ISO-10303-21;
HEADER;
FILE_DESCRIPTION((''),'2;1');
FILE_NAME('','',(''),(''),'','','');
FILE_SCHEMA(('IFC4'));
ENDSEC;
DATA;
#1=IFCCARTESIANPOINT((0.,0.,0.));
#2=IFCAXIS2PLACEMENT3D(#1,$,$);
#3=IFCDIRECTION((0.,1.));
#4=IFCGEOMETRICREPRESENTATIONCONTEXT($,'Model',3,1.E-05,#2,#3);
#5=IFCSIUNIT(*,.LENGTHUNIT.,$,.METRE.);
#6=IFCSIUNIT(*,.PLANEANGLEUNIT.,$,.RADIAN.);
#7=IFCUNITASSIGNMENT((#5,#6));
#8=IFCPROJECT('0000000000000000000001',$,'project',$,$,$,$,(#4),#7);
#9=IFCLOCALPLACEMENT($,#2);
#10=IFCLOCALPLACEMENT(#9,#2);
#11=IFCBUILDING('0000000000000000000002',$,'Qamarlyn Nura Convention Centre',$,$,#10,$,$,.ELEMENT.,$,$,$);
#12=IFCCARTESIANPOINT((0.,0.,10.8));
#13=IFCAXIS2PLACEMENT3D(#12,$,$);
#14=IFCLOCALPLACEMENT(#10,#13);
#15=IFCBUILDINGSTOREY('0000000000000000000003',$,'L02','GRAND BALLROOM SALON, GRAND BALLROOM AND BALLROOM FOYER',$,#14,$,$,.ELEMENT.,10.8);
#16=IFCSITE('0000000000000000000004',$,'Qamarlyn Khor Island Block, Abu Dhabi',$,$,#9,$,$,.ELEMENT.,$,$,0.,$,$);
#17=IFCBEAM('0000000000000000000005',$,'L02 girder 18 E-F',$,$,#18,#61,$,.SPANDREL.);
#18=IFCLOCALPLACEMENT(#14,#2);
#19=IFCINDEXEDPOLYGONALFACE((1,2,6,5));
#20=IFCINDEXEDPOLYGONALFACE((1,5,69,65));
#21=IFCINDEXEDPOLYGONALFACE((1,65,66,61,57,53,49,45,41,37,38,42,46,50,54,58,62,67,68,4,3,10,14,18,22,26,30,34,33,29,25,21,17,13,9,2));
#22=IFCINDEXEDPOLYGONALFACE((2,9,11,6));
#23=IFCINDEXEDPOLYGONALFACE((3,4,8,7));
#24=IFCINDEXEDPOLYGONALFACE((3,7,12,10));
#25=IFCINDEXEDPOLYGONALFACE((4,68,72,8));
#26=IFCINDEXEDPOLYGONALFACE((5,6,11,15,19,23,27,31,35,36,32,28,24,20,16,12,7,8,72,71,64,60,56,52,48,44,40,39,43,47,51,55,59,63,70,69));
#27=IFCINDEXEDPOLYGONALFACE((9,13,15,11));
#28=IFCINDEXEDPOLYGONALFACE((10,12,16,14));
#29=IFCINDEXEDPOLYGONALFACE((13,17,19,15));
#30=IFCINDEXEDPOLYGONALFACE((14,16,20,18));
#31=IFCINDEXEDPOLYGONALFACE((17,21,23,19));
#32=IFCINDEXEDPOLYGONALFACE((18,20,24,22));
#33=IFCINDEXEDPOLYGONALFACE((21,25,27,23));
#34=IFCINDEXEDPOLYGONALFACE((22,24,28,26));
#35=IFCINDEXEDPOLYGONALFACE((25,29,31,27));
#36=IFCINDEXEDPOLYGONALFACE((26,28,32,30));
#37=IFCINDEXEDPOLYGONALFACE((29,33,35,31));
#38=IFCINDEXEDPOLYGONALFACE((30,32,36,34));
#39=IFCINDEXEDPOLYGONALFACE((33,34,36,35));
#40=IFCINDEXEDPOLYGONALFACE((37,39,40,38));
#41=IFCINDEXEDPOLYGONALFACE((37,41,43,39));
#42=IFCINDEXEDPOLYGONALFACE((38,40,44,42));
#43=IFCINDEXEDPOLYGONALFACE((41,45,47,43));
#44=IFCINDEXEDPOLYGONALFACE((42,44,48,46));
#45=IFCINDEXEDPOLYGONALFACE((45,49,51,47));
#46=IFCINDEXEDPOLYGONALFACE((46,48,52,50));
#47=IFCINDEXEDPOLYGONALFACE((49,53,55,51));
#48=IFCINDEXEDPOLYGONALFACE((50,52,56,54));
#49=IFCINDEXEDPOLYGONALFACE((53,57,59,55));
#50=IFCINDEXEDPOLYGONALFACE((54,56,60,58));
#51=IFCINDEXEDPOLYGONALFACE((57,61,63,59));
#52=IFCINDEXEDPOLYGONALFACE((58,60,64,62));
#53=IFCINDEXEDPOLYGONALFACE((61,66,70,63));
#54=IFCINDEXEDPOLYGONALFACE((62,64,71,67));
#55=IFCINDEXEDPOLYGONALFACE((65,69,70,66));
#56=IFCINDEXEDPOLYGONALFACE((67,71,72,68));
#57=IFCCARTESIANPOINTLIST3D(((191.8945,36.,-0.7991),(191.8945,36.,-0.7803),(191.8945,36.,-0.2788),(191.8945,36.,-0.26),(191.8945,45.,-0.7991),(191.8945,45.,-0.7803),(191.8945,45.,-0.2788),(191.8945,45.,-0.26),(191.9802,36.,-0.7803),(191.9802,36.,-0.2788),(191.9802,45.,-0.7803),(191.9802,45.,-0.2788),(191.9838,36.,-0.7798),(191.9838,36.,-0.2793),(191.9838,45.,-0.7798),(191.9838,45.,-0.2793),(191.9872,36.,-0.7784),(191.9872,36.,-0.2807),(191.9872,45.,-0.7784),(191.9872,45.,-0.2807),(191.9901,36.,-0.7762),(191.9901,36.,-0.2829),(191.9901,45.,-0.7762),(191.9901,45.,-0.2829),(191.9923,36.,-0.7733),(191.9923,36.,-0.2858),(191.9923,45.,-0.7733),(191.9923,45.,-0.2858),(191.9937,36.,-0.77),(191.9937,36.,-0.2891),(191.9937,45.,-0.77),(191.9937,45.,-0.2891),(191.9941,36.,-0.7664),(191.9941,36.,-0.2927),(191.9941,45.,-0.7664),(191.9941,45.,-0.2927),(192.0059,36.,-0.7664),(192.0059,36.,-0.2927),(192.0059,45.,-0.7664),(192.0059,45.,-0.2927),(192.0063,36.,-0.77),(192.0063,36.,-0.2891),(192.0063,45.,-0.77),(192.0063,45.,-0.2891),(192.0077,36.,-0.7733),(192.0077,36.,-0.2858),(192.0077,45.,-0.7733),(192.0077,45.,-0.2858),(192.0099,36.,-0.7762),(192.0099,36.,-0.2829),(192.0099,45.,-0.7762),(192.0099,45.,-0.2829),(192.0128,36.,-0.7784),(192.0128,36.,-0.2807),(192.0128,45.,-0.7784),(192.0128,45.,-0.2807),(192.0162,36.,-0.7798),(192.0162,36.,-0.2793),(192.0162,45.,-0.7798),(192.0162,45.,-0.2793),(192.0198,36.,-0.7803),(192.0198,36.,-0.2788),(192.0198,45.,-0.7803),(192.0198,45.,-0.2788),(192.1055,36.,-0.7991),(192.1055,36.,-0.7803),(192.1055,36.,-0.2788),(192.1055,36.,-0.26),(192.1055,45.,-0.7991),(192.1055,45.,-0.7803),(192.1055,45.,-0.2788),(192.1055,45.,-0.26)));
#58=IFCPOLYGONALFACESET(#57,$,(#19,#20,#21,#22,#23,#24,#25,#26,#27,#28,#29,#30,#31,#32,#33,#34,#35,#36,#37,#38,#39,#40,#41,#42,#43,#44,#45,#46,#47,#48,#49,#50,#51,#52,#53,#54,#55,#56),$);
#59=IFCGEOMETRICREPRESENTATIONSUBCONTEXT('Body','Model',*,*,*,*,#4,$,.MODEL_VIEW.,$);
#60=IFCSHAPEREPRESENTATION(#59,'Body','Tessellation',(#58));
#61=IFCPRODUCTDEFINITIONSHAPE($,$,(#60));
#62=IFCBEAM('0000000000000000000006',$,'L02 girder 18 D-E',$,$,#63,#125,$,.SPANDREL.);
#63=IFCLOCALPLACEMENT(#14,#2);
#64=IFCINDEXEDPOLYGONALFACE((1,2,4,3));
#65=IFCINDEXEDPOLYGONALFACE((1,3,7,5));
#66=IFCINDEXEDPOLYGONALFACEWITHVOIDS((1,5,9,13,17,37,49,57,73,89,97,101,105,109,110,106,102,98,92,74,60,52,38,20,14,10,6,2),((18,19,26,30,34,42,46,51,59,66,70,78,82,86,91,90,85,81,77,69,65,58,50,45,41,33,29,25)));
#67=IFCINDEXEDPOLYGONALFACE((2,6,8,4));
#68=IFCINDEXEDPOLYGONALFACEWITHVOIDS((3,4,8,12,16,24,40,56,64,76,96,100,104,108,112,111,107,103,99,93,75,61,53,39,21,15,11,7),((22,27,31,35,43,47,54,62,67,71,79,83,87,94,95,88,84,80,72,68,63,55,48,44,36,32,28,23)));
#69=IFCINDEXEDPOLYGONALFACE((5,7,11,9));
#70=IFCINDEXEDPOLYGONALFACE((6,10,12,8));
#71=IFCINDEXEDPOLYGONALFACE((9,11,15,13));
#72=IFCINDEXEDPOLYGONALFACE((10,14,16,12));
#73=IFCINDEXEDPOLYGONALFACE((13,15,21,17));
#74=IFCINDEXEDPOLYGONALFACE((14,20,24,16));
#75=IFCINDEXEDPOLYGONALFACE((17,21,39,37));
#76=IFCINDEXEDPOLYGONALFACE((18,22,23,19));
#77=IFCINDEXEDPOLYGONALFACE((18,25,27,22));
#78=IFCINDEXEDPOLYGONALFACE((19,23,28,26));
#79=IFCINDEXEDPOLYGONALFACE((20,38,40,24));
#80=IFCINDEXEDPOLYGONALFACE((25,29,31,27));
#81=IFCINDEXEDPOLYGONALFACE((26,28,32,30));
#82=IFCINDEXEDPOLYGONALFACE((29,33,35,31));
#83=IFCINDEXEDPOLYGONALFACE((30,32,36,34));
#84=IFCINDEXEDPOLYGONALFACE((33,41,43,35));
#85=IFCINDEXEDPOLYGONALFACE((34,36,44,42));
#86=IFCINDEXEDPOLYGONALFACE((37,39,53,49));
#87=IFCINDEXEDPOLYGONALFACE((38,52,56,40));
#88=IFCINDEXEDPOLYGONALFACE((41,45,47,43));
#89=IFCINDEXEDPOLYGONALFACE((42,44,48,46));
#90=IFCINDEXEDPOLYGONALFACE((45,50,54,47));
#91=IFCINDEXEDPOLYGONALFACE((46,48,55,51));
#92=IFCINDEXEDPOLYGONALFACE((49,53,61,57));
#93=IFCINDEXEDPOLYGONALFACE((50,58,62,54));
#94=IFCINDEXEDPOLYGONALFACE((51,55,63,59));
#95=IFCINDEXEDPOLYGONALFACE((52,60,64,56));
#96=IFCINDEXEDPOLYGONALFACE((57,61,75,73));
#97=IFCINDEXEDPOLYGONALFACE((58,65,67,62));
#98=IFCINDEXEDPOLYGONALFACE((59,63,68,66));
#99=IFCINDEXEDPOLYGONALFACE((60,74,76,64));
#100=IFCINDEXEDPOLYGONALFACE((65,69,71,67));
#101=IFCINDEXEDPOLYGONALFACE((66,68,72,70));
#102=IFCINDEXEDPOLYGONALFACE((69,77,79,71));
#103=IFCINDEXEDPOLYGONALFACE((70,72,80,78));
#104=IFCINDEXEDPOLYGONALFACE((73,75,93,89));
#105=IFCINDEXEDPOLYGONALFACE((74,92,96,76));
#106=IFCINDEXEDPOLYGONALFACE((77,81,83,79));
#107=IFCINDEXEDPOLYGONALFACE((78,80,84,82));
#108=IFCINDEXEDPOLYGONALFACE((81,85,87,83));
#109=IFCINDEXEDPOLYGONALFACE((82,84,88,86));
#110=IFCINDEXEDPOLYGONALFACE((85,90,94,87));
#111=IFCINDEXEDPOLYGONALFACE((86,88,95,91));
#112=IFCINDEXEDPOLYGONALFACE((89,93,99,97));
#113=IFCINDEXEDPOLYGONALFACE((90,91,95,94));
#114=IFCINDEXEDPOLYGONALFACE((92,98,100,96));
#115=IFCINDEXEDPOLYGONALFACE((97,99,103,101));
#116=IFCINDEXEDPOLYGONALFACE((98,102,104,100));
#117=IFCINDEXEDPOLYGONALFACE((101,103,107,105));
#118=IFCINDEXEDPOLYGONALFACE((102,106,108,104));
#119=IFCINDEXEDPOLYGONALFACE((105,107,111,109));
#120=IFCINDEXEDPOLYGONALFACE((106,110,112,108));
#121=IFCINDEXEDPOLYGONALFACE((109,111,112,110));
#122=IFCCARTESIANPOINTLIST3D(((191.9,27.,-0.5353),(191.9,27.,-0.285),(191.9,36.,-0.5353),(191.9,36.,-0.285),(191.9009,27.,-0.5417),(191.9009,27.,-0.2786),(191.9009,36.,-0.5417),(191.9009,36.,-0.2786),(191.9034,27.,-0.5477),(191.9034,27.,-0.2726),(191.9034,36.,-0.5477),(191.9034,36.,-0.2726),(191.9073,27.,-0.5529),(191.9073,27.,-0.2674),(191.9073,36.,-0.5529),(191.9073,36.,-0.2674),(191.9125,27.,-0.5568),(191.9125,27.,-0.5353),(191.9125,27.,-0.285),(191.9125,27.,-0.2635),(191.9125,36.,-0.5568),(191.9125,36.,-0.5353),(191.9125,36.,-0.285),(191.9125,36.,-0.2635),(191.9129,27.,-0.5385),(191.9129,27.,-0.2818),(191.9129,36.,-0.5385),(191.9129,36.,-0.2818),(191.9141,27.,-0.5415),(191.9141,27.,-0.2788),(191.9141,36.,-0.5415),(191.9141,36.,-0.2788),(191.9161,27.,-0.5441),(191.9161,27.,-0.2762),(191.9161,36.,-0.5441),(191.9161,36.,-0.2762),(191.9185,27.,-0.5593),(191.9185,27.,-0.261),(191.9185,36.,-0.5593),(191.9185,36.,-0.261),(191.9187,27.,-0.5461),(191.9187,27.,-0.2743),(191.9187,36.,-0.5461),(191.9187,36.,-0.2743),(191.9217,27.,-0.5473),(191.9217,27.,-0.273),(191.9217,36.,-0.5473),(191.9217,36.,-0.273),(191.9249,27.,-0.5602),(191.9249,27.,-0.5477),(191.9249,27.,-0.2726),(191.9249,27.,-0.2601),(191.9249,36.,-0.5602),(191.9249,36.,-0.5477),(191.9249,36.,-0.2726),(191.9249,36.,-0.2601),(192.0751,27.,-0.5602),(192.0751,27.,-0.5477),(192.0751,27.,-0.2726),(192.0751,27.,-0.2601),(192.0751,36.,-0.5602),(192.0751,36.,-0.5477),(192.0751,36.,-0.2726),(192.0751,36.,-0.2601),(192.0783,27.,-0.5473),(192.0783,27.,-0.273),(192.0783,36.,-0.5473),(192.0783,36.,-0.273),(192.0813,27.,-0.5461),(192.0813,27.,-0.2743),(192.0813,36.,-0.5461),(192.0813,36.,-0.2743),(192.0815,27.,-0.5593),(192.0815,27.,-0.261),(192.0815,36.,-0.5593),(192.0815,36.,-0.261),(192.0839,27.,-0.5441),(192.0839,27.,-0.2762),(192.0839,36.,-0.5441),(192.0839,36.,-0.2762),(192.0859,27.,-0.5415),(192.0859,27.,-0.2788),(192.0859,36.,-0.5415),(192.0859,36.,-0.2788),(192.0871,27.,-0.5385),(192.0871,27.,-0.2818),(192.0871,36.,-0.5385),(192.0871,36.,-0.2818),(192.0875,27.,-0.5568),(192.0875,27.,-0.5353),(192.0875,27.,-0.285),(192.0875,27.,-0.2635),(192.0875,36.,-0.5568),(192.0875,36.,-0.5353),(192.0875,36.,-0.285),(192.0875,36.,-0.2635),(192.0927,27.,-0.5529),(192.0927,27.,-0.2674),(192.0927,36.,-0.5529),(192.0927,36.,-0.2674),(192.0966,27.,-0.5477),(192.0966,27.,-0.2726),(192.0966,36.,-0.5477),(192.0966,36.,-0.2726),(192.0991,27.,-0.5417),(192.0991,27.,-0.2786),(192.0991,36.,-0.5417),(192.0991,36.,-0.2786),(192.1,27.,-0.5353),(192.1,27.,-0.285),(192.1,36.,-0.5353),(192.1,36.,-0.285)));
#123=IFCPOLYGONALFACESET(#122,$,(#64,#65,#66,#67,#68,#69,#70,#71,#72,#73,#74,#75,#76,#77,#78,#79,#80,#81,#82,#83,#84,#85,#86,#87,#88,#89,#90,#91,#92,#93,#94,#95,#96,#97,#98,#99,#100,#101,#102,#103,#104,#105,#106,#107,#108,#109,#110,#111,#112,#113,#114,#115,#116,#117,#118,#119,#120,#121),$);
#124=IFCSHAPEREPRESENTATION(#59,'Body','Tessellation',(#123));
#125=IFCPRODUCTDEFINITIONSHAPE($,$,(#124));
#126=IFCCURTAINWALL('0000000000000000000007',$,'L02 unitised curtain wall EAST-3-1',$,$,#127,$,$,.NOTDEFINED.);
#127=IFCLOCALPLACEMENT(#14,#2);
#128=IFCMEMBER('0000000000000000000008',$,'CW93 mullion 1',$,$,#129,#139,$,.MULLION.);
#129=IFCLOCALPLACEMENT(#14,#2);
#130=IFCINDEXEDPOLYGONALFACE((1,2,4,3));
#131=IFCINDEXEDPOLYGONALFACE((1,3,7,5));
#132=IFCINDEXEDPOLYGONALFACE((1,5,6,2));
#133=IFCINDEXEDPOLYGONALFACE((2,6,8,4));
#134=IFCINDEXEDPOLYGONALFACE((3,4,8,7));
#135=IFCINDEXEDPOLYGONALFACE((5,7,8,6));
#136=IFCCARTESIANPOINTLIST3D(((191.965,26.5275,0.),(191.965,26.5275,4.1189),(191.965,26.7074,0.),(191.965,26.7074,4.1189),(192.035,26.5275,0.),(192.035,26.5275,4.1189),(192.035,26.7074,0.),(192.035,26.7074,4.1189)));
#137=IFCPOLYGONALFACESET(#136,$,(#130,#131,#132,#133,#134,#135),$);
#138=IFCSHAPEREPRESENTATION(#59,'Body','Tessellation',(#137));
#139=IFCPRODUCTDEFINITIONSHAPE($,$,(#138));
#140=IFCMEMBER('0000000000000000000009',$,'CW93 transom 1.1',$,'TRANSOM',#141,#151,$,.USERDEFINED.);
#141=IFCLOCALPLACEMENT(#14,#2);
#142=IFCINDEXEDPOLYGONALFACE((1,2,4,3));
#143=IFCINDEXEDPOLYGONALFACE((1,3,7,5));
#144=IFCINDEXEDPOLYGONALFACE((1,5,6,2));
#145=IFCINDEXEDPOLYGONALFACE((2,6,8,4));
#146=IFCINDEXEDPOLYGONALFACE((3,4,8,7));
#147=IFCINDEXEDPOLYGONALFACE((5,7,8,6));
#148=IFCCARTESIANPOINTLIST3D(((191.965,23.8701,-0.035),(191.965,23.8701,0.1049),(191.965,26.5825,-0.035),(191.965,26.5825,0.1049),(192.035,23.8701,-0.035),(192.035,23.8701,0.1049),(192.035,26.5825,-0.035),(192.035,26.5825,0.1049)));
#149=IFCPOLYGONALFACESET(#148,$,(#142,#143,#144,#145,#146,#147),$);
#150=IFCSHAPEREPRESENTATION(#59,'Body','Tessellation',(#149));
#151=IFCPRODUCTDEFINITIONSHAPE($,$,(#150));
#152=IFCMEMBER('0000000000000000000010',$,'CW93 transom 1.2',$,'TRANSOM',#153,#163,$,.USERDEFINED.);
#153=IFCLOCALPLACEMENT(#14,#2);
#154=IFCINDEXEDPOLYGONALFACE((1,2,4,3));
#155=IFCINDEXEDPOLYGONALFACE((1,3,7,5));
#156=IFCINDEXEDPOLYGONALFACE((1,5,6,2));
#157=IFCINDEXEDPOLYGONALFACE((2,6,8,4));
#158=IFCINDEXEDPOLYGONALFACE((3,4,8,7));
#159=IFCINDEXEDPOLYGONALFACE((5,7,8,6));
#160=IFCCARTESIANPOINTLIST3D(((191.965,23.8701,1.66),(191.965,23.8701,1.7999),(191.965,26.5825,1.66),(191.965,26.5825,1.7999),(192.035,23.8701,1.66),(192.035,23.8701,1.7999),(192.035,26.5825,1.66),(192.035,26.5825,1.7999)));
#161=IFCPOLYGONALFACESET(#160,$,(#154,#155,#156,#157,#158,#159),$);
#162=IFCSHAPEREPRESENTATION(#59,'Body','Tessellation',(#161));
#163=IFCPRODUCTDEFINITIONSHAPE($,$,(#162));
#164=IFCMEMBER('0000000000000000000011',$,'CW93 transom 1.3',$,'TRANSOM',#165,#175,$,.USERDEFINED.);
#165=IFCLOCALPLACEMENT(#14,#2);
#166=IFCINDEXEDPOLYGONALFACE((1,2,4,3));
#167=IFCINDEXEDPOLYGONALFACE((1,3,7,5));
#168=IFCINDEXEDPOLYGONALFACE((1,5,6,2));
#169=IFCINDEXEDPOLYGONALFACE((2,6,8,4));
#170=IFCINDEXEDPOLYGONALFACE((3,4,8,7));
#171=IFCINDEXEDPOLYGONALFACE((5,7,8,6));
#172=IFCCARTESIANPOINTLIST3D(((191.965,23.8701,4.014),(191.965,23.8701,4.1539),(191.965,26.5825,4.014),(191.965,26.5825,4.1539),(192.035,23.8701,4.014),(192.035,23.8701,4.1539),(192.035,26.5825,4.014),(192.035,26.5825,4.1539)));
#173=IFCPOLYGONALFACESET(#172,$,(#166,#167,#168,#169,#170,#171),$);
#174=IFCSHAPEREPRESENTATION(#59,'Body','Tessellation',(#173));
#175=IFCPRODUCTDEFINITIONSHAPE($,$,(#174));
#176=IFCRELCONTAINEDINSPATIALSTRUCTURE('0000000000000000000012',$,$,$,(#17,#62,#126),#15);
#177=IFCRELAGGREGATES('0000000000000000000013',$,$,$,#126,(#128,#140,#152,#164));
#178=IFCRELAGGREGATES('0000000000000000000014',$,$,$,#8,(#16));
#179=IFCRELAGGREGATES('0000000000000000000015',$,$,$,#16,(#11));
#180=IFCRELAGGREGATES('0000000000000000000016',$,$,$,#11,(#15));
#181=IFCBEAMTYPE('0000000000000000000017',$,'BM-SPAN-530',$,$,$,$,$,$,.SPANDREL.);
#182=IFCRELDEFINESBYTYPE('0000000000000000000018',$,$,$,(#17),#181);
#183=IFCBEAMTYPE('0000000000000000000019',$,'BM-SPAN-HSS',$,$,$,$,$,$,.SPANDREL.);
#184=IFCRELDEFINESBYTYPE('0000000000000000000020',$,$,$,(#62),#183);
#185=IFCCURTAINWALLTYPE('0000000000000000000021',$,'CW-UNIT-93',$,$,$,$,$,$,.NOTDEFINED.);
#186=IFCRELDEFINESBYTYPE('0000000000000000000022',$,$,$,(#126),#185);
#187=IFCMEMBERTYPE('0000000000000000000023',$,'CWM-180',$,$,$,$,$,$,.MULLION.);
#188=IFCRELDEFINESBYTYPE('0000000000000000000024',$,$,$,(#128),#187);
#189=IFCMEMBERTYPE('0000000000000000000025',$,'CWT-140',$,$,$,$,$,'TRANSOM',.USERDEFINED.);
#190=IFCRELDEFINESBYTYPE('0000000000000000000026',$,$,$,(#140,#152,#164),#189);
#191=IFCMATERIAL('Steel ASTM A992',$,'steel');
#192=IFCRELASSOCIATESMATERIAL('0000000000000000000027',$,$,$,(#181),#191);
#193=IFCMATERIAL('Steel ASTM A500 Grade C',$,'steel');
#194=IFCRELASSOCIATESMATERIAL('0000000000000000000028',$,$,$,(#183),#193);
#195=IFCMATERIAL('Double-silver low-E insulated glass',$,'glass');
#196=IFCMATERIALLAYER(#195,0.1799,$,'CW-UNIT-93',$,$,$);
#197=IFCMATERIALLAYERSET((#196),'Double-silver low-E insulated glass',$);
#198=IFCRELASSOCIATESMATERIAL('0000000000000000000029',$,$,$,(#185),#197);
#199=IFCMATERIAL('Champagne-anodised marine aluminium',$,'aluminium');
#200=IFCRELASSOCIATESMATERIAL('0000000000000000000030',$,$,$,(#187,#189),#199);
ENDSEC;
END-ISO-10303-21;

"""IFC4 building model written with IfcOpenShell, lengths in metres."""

from ifc_helpers import new_model, si_unit, direction, frame, origin, origin_2d, place, context, subcontext, project, spatial, rectangle, hollow_rectangle, i_section, extrude, material, layer, layer_set, material_profile, profile_set, type_object, element, aggregate, save


model = new_model("IFC4")

# Units and contexts
model_context = context("Model", 3, precision=1e-05, world=origin(), true_north=direction((0.0, 1.0)))
body_context = subcontext(model_context, "Body", "Model", "MODEL_VIEW")
ifc_project = project(units=[si_unit("LENGTHUNIT", "METRE"), si_unit("PLANEANGLEUNIT", "RADIAN")], contexts=[model_context])

# Site, building, storey
site_placement = place(None, origin())
site = spatial("IfcSite", under=ifc_project, at=site_placement, Name="Qamarlyn Khor Island Block, Abu Dhabi", CompositionType="ELEMENT", RefElevation=0.0)
building_placement = place(site_placement, origin())
building = spatial("IfcBuilding", under=site, at=building_placement, Name="Qamarlyn Nura Convention Centre", CompositionType="ELEMENT")
storey_placement = place(building_placement, frame((0.0, 0.0, 10.8)))
storey = spatial("IfcBuildingStorey", under=building, at=storey_placement, Name="L02", Description="GRAND BALLROOM SALON, GRAND BALLROOM AND BALLROOM FOYER", CompositionType="ELEMENT", Elevation=10.8)

# Shared definitions
ifc_material_1 = material(Name="Steel ASTM A992", Category="steel")

# Beams
ifc_material_profile_1 = material_profile(ifc_material_1, i_section(OverallWidth=0.2109, OverallDepth=0.5391, WebThickness=0.0117, FlangeThickness=0.0188, FilletRadius=0.0139, at=origin_2d()), Name="W530X109")
ifc_profile_set_1 = profile_set([ifc_material_profile_1], Name="Steel ASTM A992")
beam_type_1 = type_object("IfcBeamType", Name="BM-SPAN-530", PredefinedType="SPANDREL", material=ifc_profile_set_1)
beam_1_placement = place(storey_placement, frame((192.0, 36.0, -0.5295), z_axis=(0.0, 1.0, 0.0), x_axis=(-1.0, 0.0, 0.0)))
element("IfcBeam", 1, at=beam_1_placement, inside=storey, type_object=beam_type_1, Name="L02 girder 18 E-F", PredefinedType="SPANDREL", context=body_context, shape_type="SweptSolid", body=[
    extrude(i_section(OverallWidth=0.2109, OverallDepth=0.5391, WebThickness=0.0117, FlangeThickness=0.0188, FilletRadius=0.0139, at=origin_2d()), origin(), (0.0, 0.0, 1.0), 9.0),
])
ifc_material_2 = material(Name="Steel ASTM A500 Grade C", Category="steel")
ifc_material_profile_2 = material_profile(ifc_material_2, hollow_rectangle(XDim=0.2, YDim=0.3, WallThickness=0.0125, InnerFilletRadius=0.0125, OuterFilletRadius=0.0249, at=origin_2d()), Name="HSS300X200X12.5")
ifc_profile_set_2 = profile_set([ifc_material_profile_2], Name="Steel ASTM A500 Grade C")
beam_type_2 = type_object("IfcBeamType", Name="BM-SPAN-HSS", PredefinedType="SPANDREL", material=ifc_profile_set_2)
beam_2_placement = place(storey_placement, frame((192.0, 27.0, -0.4102), z_axis=(0.0, 1.0, 0.0), x_axis=(-1.0, 0.0, 0.0)))
element("IfcBeam", 2, at=beam_2_placement, inside=storey, type_object=beam_type_2, Name="L02 girder 18 D-E", PredefinedType="SPANDREL", context=body_context, shape_type="SweptSolid", body=[
    extrude(hollow_rectangle(XDim=0.2, YDim=0.3, WallThickness=0.0125, InnerFilletRadius=0.0125, OuterFilletRadius=0.0249, at=origin_2d()), origin(), (0.0, 0.0, 1.0), 9.0),
])

# Curtain wall, members
ifc_material_3 = material(Name="Double-silver low-E insulated glass", Category="glass")
ifc_layer_1 = layer(ifc_material_3, 0.1799, Name="CW-UNIT-93")
ifc_layer_set_1 = layer_set([ifc_layer_1], Name="Double-silver low-E insulated glass")
curtain_wall_type = type_object("IfcCurtainWallType", Name="CW-UNIT-93", PredefinedType="NOTDEFINED", material=ifc_layer_set_1)
curtain_wall_placement = place(storey_placement, origin())
curtain_wall = element("IfcCurtainWall", 3, at=curtain_wall_placement, inside=storey, type_object=curtain_wall_type, Name="L02 unitised curtain wall EAST-3-1", PredefinedType="NOTDEFINED")
ifc_material_4 = material(Name="Champagne-anodised marine aluminium", Category="aluminium")
ifc_material_profile_3 = material_profile(ifc_material_4, rectangle(XDim=0.0701, YDim=0.1799, at=origin_2d()), Name="ALU MULLION 70x180")
ifc_profile_set_3 = profile_set([ifc_material_profile_3], Name="Champagne-anodised marine aluminium")
member_type_1 = type_object("IfcMemberType", Name="CWM-180", PredefinedType="MULLION", material=ifc_profile_set_3)
member_1_placement = place(storey_placement, frame((192.0, 26.6174, 0.0), z_axis=(0.0, 0.0, 1.0), x_axis=(1.0, 0.0, 0.0)))
member_1 = element("IfcMember", 4, at=member_1_placement, type_object=member_type_1, Name="CW93 mullion 1", PredefinedType="MULLION", context=body_context, shape_type="SweptSolid", body=[
    extrude(rectangle(XDim=0.0701, YDim=0.1799, at=origin_2d()), origin(), (0.0, 0.0, 1.0), 4.1189),
])
ifc_material_profile_4 = material_profile(ifc_material_4, rectangle(XDim=0.0701, YDim=0.1399, at=origin_2d()), Name="ALU TRANSOM 70x140")
ifc_profile_set_4 = profile_set([ifc_material_profile_4], Name="Champagne-anodised marine aluminium")
member_type_2 = type_object("IfcMemberType", Name="CWT-140", ElementType="TRANSOM", PredefinedType="USERDEFINED", material=ifc_profile_set_4)
member_2_placement = place(storey_placement, frame((192.0, 26.5825, 0.0349), z_axis=(0.0, -1.0, 0.0), x_axis=(1.0, 0.0, 0.0)))
member_2 = element("IfcMember", 5, at=member_2_placement, type_object=member_type_2, Name="CW93 transom 1.1", ObjectType="TRANSOM", PredefinedType="USERDEFINED", context=body_context, shape_type="SweptSolid", body=[
    extrude(rectangle(XDim=0.0701, YDim=0.1399, at=origin_2d()), origin(), (0.0, 0.0, 1.0), 2.7124),
])
member_3_placement = place(storey_placement, frame((192.0, 26.5825, 1.73), z_axis=(0.0, -1.0, 0.0), x_axis=(1.0, 0.0, 0.0)))
member_3 = element("IfcMember", 6, at=member_3_placement, type_object=member_type_2, Name="CW93 transom 1.2", ObjectType="TRANSOM", PredefinedType="USERDEFINED", context=body_context, shape_type="SweptSolid", body=[
    extrude(rectangle(XDim=0.0701, YDim=0.1399, at=origin_2d()), origin(), (0.0, 0.0, 1.0), 2.7124),
])
member_4_placement = place(storey_placement, frame((192.0, 26.5825, 4.084), z_axis=(0.0, -1.0, 0.0), x_axis=(1.0, 0.0, 0.0)))
member_4 = element("IfcMember", 7, at=member_4_placement, type_object=member_type_2, Name="CW93 transom 1.3", ObjectType="TRANSOM", PredefinedType="USERDEFINED", context=body_context, shape_type="SweptSolid", body=[
    extrude(rectangle(XDim=0.0701, YDim=0.1399, at=origin_2d()), origin(), (0.0, 0.0, 1.0), 2.7124),
])

aggregate(curtain_wall, [member_1, member_2, member_3, member_4])

save(model, "model.ifc")
